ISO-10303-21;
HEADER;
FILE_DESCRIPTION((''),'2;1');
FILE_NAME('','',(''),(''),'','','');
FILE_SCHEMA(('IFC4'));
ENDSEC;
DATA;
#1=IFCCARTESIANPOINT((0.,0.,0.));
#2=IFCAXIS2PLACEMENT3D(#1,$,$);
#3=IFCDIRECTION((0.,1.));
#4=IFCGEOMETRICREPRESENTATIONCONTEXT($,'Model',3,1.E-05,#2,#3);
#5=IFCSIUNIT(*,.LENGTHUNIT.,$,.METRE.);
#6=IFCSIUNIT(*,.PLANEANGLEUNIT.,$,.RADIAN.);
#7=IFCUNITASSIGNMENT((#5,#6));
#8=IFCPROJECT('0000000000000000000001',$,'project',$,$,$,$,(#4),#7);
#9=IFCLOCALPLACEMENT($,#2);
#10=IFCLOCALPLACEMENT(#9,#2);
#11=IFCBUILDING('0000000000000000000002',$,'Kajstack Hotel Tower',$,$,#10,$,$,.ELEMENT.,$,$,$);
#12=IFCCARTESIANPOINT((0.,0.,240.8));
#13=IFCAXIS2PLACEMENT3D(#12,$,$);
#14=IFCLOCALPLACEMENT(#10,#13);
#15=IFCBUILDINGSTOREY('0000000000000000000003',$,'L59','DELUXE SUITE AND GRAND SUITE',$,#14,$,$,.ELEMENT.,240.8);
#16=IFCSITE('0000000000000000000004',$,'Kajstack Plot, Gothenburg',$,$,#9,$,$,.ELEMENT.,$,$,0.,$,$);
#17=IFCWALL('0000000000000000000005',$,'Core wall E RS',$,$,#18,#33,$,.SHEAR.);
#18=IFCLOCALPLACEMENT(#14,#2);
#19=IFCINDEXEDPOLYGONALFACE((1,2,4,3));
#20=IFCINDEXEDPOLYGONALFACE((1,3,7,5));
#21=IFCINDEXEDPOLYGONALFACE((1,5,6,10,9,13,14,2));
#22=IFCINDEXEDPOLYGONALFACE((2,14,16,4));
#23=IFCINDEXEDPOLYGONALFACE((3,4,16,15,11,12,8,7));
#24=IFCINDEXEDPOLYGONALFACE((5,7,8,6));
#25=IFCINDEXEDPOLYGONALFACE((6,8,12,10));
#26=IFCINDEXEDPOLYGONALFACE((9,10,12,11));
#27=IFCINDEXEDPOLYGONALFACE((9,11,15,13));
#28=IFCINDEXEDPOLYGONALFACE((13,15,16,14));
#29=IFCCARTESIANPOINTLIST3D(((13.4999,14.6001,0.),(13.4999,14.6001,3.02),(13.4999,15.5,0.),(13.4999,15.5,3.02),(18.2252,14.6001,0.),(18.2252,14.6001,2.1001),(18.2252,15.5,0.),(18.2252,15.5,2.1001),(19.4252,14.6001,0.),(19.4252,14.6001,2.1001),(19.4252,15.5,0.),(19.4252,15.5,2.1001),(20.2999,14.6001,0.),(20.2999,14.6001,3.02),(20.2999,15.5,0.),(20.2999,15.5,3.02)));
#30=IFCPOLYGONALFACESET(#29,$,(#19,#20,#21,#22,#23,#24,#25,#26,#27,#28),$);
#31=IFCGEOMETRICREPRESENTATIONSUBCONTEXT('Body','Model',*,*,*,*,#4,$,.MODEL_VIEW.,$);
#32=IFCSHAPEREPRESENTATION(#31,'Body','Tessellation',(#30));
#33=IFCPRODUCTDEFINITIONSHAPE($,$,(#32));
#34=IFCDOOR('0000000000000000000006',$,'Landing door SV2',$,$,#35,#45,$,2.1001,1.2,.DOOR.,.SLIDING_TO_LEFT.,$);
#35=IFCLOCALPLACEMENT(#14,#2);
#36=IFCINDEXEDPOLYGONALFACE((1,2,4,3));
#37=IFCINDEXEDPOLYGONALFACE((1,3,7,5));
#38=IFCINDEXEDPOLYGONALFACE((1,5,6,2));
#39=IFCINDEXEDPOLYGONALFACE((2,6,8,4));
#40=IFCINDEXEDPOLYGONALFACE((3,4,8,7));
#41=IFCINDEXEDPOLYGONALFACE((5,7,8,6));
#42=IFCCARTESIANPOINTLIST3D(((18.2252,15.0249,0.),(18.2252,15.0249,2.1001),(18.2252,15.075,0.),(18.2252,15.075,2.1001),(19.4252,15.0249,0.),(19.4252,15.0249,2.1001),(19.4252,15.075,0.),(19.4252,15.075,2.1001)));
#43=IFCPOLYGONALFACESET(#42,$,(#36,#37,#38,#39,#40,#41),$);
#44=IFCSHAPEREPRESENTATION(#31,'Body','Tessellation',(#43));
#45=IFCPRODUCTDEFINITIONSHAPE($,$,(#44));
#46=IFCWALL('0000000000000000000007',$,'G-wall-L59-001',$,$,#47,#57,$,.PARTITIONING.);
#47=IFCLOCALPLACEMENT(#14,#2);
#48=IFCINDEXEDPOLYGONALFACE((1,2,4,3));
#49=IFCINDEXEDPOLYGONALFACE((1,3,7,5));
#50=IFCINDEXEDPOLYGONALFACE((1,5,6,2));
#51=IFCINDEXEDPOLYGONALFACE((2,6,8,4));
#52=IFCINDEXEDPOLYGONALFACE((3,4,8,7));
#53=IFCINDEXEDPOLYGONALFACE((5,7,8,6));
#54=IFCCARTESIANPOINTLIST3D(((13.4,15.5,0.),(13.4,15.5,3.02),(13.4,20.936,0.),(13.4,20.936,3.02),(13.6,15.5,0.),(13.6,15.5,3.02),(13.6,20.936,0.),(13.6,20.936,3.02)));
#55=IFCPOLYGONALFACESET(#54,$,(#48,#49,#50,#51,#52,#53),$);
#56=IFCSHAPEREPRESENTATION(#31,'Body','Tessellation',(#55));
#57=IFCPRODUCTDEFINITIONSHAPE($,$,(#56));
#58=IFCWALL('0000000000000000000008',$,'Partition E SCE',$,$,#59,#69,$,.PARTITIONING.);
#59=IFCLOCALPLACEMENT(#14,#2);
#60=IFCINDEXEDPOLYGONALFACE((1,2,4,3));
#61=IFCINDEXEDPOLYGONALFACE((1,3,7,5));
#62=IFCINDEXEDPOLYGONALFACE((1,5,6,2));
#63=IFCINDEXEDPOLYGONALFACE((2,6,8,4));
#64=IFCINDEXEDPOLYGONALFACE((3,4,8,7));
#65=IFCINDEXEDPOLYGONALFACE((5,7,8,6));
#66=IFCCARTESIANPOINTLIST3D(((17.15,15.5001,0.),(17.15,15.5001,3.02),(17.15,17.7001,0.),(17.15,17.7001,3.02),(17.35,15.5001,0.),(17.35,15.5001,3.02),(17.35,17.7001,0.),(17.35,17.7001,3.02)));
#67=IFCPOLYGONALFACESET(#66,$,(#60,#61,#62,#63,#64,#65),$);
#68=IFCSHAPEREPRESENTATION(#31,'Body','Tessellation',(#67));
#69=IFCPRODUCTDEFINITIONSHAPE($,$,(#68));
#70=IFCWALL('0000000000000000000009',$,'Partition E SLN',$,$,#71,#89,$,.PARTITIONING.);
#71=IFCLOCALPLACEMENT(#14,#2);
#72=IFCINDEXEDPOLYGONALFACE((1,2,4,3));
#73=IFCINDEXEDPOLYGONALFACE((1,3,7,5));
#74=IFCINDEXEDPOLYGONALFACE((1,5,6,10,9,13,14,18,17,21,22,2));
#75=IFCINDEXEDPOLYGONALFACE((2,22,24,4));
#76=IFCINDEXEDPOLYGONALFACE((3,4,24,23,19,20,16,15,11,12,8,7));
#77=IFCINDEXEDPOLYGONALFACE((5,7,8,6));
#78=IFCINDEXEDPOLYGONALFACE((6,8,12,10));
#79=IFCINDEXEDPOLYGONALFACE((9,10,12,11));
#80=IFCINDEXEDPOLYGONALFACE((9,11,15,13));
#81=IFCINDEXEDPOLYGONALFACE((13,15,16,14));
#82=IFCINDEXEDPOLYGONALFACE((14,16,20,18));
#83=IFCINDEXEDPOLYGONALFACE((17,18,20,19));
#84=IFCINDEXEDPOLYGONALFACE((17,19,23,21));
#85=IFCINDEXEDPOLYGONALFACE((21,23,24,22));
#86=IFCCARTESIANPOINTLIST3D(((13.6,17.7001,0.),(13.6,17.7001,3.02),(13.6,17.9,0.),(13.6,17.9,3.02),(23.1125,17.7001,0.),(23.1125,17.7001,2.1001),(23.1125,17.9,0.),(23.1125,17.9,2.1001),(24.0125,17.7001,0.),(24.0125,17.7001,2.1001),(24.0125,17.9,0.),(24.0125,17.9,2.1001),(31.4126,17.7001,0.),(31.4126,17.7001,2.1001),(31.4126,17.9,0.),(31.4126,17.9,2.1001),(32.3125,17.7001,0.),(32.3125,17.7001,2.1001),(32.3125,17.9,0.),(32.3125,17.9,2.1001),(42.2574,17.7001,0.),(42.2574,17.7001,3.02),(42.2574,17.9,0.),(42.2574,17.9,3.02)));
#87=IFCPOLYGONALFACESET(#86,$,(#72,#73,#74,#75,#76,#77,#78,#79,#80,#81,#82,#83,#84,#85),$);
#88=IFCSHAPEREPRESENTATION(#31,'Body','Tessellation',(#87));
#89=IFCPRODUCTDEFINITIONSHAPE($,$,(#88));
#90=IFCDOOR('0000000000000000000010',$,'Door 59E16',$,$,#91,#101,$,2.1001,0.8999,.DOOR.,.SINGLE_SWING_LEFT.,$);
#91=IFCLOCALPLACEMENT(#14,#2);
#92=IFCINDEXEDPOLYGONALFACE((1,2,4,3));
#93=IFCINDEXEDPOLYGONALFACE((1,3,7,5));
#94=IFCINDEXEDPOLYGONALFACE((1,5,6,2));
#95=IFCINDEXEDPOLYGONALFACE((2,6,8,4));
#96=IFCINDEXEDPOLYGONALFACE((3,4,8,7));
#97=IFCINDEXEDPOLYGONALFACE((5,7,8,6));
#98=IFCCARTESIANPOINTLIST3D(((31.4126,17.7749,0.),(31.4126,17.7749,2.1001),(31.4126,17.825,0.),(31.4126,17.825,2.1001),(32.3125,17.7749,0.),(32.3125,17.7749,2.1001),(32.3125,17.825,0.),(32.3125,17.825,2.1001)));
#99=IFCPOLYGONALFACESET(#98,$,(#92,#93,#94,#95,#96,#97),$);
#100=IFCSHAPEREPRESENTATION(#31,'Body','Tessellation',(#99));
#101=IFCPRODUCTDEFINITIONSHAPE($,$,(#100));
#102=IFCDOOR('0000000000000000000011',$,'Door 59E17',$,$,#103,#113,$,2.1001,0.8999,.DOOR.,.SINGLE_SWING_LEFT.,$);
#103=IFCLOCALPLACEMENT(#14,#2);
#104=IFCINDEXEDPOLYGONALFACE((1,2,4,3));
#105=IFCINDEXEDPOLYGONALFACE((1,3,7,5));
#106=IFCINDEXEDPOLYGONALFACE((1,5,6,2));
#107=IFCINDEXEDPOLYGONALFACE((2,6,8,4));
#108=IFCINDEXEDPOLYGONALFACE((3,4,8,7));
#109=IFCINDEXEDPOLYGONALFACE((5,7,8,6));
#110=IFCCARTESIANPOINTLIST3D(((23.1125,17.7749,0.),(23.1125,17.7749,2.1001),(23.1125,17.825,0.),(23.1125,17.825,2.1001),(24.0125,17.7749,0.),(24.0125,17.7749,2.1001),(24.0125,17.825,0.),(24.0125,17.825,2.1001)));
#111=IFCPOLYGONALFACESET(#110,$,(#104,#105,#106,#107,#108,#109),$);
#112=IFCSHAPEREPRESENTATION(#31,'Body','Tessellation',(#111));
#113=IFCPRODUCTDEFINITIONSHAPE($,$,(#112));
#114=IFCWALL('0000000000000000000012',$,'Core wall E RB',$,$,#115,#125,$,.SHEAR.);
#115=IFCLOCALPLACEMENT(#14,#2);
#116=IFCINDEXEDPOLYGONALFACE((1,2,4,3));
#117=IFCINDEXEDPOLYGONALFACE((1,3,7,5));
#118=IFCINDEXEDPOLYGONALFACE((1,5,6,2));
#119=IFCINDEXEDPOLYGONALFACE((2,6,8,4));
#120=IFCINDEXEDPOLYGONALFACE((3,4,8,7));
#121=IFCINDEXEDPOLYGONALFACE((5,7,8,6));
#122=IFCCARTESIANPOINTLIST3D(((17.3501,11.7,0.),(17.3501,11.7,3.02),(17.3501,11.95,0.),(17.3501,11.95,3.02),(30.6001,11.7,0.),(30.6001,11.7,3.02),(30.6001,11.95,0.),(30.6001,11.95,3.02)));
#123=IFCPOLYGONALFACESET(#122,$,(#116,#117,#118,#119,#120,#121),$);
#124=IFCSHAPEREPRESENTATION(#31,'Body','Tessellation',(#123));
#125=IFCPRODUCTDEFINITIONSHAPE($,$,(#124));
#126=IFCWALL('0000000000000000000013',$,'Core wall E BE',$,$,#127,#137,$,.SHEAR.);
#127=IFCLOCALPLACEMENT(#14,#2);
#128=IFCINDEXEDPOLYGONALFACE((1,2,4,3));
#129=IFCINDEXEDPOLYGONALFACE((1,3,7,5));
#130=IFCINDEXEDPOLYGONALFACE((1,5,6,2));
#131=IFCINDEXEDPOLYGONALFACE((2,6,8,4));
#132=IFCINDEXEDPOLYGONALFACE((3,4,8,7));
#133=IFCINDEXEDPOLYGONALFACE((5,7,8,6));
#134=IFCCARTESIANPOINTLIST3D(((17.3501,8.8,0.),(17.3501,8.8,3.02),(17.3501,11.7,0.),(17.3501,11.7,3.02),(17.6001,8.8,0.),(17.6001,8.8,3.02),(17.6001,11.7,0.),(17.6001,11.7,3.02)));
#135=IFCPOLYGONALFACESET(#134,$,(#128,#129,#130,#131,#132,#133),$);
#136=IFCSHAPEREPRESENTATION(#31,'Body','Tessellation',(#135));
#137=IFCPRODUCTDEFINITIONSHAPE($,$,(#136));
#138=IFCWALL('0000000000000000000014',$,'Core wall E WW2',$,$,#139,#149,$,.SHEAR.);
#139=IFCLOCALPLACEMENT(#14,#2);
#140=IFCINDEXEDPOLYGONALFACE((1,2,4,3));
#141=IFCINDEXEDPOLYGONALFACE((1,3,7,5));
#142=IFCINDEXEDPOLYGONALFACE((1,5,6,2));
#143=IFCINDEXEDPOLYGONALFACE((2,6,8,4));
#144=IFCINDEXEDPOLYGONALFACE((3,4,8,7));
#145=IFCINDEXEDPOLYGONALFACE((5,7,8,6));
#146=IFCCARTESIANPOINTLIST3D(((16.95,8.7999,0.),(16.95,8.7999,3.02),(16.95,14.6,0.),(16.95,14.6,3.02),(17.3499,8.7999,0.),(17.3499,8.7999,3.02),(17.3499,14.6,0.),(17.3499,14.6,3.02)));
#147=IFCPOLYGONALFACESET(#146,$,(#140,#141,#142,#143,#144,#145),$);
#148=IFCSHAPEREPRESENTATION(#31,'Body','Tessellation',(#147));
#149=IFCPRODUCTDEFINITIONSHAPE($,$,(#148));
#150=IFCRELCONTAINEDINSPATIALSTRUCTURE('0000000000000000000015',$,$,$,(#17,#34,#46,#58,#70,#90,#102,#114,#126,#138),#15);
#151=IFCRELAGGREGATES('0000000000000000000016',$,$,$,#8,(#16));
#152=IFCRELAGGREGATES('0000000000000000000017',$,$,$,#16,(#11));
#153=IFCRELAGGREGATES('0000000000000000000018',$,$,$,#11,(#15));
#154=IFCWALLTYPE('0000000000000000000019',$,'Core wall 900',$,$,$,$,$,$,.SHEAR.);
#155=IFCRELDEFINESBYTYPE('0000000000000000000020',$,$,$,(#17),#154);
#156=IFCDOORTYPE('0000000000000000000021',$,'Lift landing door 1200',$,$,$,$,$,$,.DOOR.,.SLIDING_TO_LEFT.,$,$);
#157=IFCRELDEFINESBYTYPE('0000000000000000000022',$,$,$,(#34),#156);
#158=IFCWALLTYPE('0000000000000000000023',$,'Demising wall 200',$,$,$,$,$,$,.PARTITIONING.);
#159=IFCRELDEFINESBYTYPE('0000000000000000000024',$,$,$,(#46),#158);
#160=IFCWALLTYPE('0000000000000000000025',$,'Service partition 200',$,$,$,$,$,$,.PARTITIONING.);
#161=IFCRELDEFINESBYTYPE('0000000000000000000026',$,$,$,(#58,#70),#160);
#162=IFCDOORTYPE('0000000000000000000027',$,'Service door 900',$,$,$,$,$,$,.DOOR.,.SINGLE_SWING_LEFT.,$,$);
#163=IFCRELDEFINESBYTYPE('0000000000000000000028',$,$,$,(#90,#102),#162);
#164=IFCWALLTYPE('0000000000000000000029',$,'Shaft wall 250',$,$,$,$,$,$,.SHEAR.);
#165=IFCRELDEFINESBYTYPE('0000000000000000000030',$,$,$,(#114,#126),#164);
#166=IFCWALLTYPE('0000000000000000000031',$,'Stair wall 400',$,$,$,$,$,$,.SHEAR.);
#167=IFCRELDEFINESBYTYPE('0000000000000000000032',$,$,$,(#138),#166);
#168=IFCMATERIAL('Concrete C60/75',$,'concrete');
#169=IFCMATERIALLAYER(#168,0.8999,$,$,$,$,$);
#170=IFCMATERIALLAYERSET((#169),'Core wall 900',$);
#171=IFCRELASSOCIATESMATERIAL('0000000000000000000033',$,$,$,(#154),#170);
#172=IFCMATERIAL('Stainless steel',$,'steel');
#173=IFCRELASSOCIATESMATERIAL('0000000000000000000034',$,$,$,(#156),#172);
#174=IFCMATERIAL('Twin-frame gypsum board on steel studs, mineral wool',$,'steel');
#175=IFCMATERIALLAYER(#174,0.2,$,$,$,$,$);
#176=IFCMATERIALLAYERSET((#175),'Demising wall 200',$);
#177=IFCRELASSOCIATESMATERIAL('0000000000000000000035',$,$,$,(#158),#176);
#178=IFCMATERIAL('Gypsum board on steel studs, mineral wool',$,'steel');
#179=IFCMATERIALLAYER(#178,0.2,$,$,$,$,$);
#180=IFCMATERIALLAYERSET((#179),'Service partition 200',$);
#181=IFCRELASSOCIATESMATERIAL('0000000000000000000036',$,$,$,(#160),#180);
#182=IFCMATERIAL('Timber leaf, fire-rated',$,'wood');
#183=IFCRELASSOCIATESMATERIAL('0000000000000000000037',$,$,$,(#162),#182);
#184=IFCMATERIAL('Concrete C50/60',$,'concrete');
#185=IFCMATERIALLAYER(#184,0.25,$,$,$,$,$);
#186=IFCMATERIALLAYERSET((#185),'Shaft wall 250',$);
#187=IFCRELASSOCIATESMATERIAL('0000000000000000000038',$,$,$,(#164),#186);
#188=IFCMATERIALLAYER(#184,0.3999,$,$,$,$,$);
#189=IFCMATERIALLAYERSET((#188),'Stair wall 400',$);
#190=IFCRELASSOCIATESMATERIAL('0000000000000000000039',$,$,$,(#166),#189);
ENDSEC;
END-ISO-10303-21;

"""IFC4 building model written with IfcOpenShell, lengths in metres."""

from ifc_helpers import new_model, si_unit, direction, frame, frame_2d, origin, place, context, subcontext, project, spatial, rectangle, extrude, material, layer, layer_set, type_object, element, fill, save


model = new_model("IFC4")

# Units and contexts
model_context = context("Model", 3, precision=1e-05, world=origin(), true_north=direction((0.0, 1.0)))
body_context = subcontext(model_context, "Body", "Model", "MODEL_VIEW")
ifc_project = project(units=[si_unit("LENGTHUNIT", "METRE"), si_unit("PLANEANGLEUNIT", "RADIAN")], contexts=[model_context])

# Site, building, storey
site_placement = place(None, origin())
site = spatial("IfcSite", under=ifc_project, at=site_placement, Name="Kajstack Plot, Gothenburg", CompositionType="ELEMENT", RefElevation=0.0)
building_placement = place(site_placement, origin())
building = spatial("IfcBuilding", under=site, at=building_placement, Name="Kajstack Hotel Tower", CompositionType="ELEMENT")
storey_placement = place(building_placement, frame((0.0, 0.0, 240.8)))
storey = spatial("IfcBuildingStorey", under=building, at=storey_placement, Name="L59", Description="DELUXE SUITE AND GRAND SUITE", CompositionType="ELEMENT", Elevation=240.8)

# Wall, opening, door
ifc_material_1 = material(Name="Concrete C60/75", Category="concrete")
ifc_layer_1 = layer(ifc_material_1, 0.8999)
ifc_layer_set_1 = layer_set([ifc_layer_1], Name="Core wall 900")
wall_type_1 = type_object("IfcWallType", Name="Core wall 900", PredefinedType="SHEAR", material=ifc_layer_set_1)
wall_1_placement = place(storey_placement, frame((13.5, 15.05, 0.0), z_axis=(0.0, 0.0, 1.0), x_axis=(1.0, 0.0, 0.0)))
wall_1 = element("IfcWall", 1, at=wall_1_placement, inside=storey, type_object=wall_type_1, Name="Core wall E RS", PredefinedType="SHEAR", context=body_context, shape_type="SweptSolid", body=[
    extrude(rectangle(XDim=6.8, YDim=0.8999, at=frame_2d((3.3999, 0.0))), origin(), (0.0, 0.0, 1.0), 3.02),
])
opening_1_placement = place(wall_1_placement, frame((4.7251, 0.0, 0.0)))
opening_1 = element("IfcOpeningElement", 2, at=opening_1_placement, cuts=wall_1, PredefinedType="OPENING", context=body_context, shape_type="SweptSolid", body=[
    extrude(rectangle(XDim=1.2, YDim=2.1001, at=frame_2d((0.6001, 1.05))), frame((0.0, 0.46, 0.0), z_axis=(0.0, -1.0, 0.0), x_axis=(1.0, 0.0, 0.0)), (0.0, 0.0, 1.0), 0.9199),
])
ifc_material_2 = material(Name="Stainless steel", Category="steel")
door_type_1 = type_object("IfcDoorType", Name="Lift landing door 1200", OperationType="SLIDING_TO_LEFT", PredefinedType="DOOR", material=ifc_material_2)
door_1_placement = place(opening_1_placement, origin())
door_1 = element("IfcDoor", 3, at=door_1_placement, inside=storey, type_object=door_type_1, Name="Landing door SV2", OperationType="SLIDING_TO_LEFT", OverallHeight=2.1001, OverallWidth=1.2, PredefinedType="DOOR", context=body_context, shape_type="SweptSolid", body=[
    extrude(rectangle(XDim=1.2, YDim=2.1001, at=frame_2d((0.6001, 1.05))), frame((0.0, 0.0249, 0.0), z_axis=(0.0, -1.0, 0.0), x_axis=(1.0, 0.0, 0.0)), (0.0, 0.0, 1.0), 0.05),
])
fill(opening_1, door_1)

# Wall
ifc_material_3 = material(Name="Twin-frame gypsum board on steel studs, mineral wool", Category="steel")
ifc_layer_2 = layer(ifc_material_3, 0.2)
ifc_layer_set_2 = layer_set([ifc_layer_2], Name="Demising wall 200")
wall_type_2 = type_object("IfcWallType", Name="Demising wall 200", PredefinedType="PARTITIONING", material=ifc_layer_set_2)
wall_2_placement = place(storey_placement, frame((13.5, 15.5, 0.0), z_axis=(0.0, 0.0, 1.0), x_axis=(0.0, 1.0, 0.0)))
element("IfcWall", 4, at=wall_2_placement, inside=storey, type_object=wall_type_2, Name="G-wall-L59-001", PredefinedType="PARTITIONING", context=body_context, shape_type="SweptSolid", body=[
    extrude(rectangle(XDim=5.436, YDim=0.2, at=frame_2d((2.718, 0.0))), origin(), (0.0, 0.0, 1.0), 3.02),
])

# Wall
ifc_material_4 = material(Name="Gypsum board on steel studs, mineral wool", Category="steel")
ifc_layer_3 = layer(ifc_material_4, 0.2)
ifc_layer_set_3 = layer_set([ifc_layer_3], Name="Service partition 200")
wall_type_3 = type_object("IfcWallType", Name="Service partition 200", PredefinedType="PARTITIONING", material=ifc_layer_set_3)
wall_3_placement = place(storey_placement, frame((17.25, 15.5, 0.0), z_axis=(0.0, 0.0, 1.0), x_axis=(0.0, 1.0, 0.0)))
element("IfcWall", 5, at=wall_3_placement, inside=storey, type_object=wall_type_3, Name="Partition E SCE", PredefinedType="PARTITIONING", context=body_context, shape_type="SweptSolid", body=[
    extrude(rectangle(XDim=2.2, YDim=0.2, at=frame_2d((1.1001, 0.0))), origin(), (0.0, 0.0, 1.0), 3.02),
])

# Wall, openings, doors
wall_4_placement = place(storey_placement, frame((13.6001, 17.8, 0.0), z_axis=(0.0, 0.0, 1.0), x_axis=(1.0, 0.0, 0.0)))
wall_4 = element("IfcWall", 6, at=wall_4_placement, inside=storey, type_object=wall_type_3, Name="Partition E SLN", PredefinedType="PARTITIONING", context=body_context, shape_type="SweptSolid", body=[
    extrude(rectangle(XDim=28.6575, YDim=0.2, at=frame_2d((14.3286, 0.0))), origin(), (0.0, 0.0, 1.0), 3.02),
])
opening_2_placement = place(wall_4_placement, frame((17.8125, 0.0, 0.0)))
opening_2 = element("IfcOpeningElement", 7, at=opening_2_placement, cuts=wall_4, PredefinedType="OPENING", context=body_context, shape_type="SweptSolid", body=[
    extrude(rectangle(XDim=0.8999, YDim=2.1001, at=frame_2d((0.45, 1.05))), frame((0.0, 0.1099, 0.0), z_axis=(0.0, -1.0, 0.0), x_axis=(1.0, 0.0, 0.0)), (0.0, 0.0, 1.0), 0.22),
])
opening_3_placement = place(wall_4_placement, frame((9.5125, 0.0, 0.0)))
opening_3 = element("IfcOpeningElement", 8, at=opening_3_placement, cuts=wall_4, PredefinedType="OPENING", context=body_context, shape_type="SweptSolid", body=[
    extrude(rectangle(XDim=0.8999, YDim=2.1001, at=frame_2d((0.45, 1.05))), frame((0.0, 0.1099, 0.0), z_axis=(0.0, -1.0, 0.0), x_axis=(1.0, 0.0, 0.0)), (0.0, 0.0, 1.0), 0.22),
])
ifc_material_5 = material(Name="Timber leaf, fire-rated", Category="wood")
door_type_2 = type_object("IfcDoorType", Name="Service door 900", OperationType="SINGLE_SWING_LEFT", PredefinedType="DOOR", material=ifc_material_5)
door_2_placement = place(opening_2_placement, origin())
door_2 = element("IfcDoor", 9, at=door_2_placement, inside=storey, type_object=door_type_2, Name="Door 59E16", OperationType="SINGLE_SWING_LEFT", OverallHeight=2.1001, OverallWidth=0.8999, PredefinedType="DOOR", context=body_context, shape_type="SweptSolid", body=[
    extrude(rectangle(XDim=0.8999, YDim=2.1001, at=frame_2d((0.45, 1.05))), frame((0.0, 0.0249, 0.0), z_axis=(0.0, -1.0, 0.0), x_axis=(1.0, 0.0, 0.0)), (0.0, 0.0, 1.0), 0.05),
])
fill(opening_2, door_2)
door_3_placement = place(opening_3_placement, origin())
door_3 = element("IfcDoor", 10, at=door_3_placement, inside=storey, type_object=door_type_2, Name="Door 59E17", OperationType="SINGLE_SWING_LEFT", OverallHeight=2.1001, OverallWidth=0.8999, PredefinedType="DOOR", context=body_context, shape_type="SweptSolid", body=[
    extrude(rectangle(XDim=0.8999, YDim=2.1001, at=frame_2d((0.45, 1.05))), frame((0.0, 0.0249, 0.0), z_axis=(0.0, -1.0, 0.0), x_axis=(1.0, 0.0, 0.0)), (0.0, 0.0, 1.0), 0.05),
])
fill(opening_3, door_3)

# Walls
ifc_material_6 = material(Name="Concrete C50/60", Category="concrete")
ifc_layer_4 = layer(ifc_material_6, 0.25)
ifc_layer_set_4 = layer_set([ifc_layer_4], Name="Shaft wall 250")
wall_type_4 = type_object("IfcWallType", Name="Shaft wall 250", PredefinedType="SHEAR", material=ifc_layer_set_4)
wall_5_placement = place(storey_placement, frame((17.3501, 11.825, 0.0), z_axis=(0.0, 0.0, 1.0), x_axis=(1.0, 0.0, 0.0)))
element("IfcWall", 11, at=wall_5_placement, inside=storey, type_object=wall_type_4, Name="Core wall E RB", PredefinedType="SHEAR", context=body_context, shape_type="SweptSolid", body=[
    extrude(rectangle(XDim=13.25, YDim=0.25, at=frame_2d((6.625, 0.0))), origin(), (0.0, 0.0, 1.0), 3.02),
])
wall_6_placement = place(storey_placement, frame((17.4751, 8.8, 0.0), z_axis=(0.0, 0.0, 1.0), x_axis=(0.0, 1.0, 0.0)))
element("IfcWall", 12, at=wall_6_placement, inside=storey, type_object=wall_type_4, Name="Core wall E BE", PredefinedType="SHEAR", context=body_context, shape_type="SweptSolid", body=[
    extrude(rectangle(XDim=2.8999, YDim=0.25, at=frame_2d((1.45, 0.0))), origin(), (0.0, 0.0, 1.0), 3.02),
])
ifc_layer_5 = layer(ifc_material_6, 0.3999)
ifc_layer_set_5 = layer_set([ifc_layer_5], Name="Stair wall 400")
wall_type_5 = type_object("IfcWallType", Name="Stair wall 400", PredefinedType="SHEAR", material=ifc_layer_set_5)
wall_7_placement = place(storey_placement, frame((17.1499, 8.8, 0.0), z_axis=(0.0, 0.0, 1.0), x_axis=(0.0, 1.0, 0.0)))
element("IfcWall", 13, at=wall_7_placement, inside=storey, type_object=wall_type_5, Name="Core wall E WW2", PredefinedType="SHEAR", context=body_context, shape_type="SweptSolid", body=[
    extrude(rectangle(XDim=5.8, YDim=0.3999, at=frame_2d((2.8999, 0.0))), origin(), (0.0, 0.0, 1.0), 3.02),
])

save(model, "model.ifc")
